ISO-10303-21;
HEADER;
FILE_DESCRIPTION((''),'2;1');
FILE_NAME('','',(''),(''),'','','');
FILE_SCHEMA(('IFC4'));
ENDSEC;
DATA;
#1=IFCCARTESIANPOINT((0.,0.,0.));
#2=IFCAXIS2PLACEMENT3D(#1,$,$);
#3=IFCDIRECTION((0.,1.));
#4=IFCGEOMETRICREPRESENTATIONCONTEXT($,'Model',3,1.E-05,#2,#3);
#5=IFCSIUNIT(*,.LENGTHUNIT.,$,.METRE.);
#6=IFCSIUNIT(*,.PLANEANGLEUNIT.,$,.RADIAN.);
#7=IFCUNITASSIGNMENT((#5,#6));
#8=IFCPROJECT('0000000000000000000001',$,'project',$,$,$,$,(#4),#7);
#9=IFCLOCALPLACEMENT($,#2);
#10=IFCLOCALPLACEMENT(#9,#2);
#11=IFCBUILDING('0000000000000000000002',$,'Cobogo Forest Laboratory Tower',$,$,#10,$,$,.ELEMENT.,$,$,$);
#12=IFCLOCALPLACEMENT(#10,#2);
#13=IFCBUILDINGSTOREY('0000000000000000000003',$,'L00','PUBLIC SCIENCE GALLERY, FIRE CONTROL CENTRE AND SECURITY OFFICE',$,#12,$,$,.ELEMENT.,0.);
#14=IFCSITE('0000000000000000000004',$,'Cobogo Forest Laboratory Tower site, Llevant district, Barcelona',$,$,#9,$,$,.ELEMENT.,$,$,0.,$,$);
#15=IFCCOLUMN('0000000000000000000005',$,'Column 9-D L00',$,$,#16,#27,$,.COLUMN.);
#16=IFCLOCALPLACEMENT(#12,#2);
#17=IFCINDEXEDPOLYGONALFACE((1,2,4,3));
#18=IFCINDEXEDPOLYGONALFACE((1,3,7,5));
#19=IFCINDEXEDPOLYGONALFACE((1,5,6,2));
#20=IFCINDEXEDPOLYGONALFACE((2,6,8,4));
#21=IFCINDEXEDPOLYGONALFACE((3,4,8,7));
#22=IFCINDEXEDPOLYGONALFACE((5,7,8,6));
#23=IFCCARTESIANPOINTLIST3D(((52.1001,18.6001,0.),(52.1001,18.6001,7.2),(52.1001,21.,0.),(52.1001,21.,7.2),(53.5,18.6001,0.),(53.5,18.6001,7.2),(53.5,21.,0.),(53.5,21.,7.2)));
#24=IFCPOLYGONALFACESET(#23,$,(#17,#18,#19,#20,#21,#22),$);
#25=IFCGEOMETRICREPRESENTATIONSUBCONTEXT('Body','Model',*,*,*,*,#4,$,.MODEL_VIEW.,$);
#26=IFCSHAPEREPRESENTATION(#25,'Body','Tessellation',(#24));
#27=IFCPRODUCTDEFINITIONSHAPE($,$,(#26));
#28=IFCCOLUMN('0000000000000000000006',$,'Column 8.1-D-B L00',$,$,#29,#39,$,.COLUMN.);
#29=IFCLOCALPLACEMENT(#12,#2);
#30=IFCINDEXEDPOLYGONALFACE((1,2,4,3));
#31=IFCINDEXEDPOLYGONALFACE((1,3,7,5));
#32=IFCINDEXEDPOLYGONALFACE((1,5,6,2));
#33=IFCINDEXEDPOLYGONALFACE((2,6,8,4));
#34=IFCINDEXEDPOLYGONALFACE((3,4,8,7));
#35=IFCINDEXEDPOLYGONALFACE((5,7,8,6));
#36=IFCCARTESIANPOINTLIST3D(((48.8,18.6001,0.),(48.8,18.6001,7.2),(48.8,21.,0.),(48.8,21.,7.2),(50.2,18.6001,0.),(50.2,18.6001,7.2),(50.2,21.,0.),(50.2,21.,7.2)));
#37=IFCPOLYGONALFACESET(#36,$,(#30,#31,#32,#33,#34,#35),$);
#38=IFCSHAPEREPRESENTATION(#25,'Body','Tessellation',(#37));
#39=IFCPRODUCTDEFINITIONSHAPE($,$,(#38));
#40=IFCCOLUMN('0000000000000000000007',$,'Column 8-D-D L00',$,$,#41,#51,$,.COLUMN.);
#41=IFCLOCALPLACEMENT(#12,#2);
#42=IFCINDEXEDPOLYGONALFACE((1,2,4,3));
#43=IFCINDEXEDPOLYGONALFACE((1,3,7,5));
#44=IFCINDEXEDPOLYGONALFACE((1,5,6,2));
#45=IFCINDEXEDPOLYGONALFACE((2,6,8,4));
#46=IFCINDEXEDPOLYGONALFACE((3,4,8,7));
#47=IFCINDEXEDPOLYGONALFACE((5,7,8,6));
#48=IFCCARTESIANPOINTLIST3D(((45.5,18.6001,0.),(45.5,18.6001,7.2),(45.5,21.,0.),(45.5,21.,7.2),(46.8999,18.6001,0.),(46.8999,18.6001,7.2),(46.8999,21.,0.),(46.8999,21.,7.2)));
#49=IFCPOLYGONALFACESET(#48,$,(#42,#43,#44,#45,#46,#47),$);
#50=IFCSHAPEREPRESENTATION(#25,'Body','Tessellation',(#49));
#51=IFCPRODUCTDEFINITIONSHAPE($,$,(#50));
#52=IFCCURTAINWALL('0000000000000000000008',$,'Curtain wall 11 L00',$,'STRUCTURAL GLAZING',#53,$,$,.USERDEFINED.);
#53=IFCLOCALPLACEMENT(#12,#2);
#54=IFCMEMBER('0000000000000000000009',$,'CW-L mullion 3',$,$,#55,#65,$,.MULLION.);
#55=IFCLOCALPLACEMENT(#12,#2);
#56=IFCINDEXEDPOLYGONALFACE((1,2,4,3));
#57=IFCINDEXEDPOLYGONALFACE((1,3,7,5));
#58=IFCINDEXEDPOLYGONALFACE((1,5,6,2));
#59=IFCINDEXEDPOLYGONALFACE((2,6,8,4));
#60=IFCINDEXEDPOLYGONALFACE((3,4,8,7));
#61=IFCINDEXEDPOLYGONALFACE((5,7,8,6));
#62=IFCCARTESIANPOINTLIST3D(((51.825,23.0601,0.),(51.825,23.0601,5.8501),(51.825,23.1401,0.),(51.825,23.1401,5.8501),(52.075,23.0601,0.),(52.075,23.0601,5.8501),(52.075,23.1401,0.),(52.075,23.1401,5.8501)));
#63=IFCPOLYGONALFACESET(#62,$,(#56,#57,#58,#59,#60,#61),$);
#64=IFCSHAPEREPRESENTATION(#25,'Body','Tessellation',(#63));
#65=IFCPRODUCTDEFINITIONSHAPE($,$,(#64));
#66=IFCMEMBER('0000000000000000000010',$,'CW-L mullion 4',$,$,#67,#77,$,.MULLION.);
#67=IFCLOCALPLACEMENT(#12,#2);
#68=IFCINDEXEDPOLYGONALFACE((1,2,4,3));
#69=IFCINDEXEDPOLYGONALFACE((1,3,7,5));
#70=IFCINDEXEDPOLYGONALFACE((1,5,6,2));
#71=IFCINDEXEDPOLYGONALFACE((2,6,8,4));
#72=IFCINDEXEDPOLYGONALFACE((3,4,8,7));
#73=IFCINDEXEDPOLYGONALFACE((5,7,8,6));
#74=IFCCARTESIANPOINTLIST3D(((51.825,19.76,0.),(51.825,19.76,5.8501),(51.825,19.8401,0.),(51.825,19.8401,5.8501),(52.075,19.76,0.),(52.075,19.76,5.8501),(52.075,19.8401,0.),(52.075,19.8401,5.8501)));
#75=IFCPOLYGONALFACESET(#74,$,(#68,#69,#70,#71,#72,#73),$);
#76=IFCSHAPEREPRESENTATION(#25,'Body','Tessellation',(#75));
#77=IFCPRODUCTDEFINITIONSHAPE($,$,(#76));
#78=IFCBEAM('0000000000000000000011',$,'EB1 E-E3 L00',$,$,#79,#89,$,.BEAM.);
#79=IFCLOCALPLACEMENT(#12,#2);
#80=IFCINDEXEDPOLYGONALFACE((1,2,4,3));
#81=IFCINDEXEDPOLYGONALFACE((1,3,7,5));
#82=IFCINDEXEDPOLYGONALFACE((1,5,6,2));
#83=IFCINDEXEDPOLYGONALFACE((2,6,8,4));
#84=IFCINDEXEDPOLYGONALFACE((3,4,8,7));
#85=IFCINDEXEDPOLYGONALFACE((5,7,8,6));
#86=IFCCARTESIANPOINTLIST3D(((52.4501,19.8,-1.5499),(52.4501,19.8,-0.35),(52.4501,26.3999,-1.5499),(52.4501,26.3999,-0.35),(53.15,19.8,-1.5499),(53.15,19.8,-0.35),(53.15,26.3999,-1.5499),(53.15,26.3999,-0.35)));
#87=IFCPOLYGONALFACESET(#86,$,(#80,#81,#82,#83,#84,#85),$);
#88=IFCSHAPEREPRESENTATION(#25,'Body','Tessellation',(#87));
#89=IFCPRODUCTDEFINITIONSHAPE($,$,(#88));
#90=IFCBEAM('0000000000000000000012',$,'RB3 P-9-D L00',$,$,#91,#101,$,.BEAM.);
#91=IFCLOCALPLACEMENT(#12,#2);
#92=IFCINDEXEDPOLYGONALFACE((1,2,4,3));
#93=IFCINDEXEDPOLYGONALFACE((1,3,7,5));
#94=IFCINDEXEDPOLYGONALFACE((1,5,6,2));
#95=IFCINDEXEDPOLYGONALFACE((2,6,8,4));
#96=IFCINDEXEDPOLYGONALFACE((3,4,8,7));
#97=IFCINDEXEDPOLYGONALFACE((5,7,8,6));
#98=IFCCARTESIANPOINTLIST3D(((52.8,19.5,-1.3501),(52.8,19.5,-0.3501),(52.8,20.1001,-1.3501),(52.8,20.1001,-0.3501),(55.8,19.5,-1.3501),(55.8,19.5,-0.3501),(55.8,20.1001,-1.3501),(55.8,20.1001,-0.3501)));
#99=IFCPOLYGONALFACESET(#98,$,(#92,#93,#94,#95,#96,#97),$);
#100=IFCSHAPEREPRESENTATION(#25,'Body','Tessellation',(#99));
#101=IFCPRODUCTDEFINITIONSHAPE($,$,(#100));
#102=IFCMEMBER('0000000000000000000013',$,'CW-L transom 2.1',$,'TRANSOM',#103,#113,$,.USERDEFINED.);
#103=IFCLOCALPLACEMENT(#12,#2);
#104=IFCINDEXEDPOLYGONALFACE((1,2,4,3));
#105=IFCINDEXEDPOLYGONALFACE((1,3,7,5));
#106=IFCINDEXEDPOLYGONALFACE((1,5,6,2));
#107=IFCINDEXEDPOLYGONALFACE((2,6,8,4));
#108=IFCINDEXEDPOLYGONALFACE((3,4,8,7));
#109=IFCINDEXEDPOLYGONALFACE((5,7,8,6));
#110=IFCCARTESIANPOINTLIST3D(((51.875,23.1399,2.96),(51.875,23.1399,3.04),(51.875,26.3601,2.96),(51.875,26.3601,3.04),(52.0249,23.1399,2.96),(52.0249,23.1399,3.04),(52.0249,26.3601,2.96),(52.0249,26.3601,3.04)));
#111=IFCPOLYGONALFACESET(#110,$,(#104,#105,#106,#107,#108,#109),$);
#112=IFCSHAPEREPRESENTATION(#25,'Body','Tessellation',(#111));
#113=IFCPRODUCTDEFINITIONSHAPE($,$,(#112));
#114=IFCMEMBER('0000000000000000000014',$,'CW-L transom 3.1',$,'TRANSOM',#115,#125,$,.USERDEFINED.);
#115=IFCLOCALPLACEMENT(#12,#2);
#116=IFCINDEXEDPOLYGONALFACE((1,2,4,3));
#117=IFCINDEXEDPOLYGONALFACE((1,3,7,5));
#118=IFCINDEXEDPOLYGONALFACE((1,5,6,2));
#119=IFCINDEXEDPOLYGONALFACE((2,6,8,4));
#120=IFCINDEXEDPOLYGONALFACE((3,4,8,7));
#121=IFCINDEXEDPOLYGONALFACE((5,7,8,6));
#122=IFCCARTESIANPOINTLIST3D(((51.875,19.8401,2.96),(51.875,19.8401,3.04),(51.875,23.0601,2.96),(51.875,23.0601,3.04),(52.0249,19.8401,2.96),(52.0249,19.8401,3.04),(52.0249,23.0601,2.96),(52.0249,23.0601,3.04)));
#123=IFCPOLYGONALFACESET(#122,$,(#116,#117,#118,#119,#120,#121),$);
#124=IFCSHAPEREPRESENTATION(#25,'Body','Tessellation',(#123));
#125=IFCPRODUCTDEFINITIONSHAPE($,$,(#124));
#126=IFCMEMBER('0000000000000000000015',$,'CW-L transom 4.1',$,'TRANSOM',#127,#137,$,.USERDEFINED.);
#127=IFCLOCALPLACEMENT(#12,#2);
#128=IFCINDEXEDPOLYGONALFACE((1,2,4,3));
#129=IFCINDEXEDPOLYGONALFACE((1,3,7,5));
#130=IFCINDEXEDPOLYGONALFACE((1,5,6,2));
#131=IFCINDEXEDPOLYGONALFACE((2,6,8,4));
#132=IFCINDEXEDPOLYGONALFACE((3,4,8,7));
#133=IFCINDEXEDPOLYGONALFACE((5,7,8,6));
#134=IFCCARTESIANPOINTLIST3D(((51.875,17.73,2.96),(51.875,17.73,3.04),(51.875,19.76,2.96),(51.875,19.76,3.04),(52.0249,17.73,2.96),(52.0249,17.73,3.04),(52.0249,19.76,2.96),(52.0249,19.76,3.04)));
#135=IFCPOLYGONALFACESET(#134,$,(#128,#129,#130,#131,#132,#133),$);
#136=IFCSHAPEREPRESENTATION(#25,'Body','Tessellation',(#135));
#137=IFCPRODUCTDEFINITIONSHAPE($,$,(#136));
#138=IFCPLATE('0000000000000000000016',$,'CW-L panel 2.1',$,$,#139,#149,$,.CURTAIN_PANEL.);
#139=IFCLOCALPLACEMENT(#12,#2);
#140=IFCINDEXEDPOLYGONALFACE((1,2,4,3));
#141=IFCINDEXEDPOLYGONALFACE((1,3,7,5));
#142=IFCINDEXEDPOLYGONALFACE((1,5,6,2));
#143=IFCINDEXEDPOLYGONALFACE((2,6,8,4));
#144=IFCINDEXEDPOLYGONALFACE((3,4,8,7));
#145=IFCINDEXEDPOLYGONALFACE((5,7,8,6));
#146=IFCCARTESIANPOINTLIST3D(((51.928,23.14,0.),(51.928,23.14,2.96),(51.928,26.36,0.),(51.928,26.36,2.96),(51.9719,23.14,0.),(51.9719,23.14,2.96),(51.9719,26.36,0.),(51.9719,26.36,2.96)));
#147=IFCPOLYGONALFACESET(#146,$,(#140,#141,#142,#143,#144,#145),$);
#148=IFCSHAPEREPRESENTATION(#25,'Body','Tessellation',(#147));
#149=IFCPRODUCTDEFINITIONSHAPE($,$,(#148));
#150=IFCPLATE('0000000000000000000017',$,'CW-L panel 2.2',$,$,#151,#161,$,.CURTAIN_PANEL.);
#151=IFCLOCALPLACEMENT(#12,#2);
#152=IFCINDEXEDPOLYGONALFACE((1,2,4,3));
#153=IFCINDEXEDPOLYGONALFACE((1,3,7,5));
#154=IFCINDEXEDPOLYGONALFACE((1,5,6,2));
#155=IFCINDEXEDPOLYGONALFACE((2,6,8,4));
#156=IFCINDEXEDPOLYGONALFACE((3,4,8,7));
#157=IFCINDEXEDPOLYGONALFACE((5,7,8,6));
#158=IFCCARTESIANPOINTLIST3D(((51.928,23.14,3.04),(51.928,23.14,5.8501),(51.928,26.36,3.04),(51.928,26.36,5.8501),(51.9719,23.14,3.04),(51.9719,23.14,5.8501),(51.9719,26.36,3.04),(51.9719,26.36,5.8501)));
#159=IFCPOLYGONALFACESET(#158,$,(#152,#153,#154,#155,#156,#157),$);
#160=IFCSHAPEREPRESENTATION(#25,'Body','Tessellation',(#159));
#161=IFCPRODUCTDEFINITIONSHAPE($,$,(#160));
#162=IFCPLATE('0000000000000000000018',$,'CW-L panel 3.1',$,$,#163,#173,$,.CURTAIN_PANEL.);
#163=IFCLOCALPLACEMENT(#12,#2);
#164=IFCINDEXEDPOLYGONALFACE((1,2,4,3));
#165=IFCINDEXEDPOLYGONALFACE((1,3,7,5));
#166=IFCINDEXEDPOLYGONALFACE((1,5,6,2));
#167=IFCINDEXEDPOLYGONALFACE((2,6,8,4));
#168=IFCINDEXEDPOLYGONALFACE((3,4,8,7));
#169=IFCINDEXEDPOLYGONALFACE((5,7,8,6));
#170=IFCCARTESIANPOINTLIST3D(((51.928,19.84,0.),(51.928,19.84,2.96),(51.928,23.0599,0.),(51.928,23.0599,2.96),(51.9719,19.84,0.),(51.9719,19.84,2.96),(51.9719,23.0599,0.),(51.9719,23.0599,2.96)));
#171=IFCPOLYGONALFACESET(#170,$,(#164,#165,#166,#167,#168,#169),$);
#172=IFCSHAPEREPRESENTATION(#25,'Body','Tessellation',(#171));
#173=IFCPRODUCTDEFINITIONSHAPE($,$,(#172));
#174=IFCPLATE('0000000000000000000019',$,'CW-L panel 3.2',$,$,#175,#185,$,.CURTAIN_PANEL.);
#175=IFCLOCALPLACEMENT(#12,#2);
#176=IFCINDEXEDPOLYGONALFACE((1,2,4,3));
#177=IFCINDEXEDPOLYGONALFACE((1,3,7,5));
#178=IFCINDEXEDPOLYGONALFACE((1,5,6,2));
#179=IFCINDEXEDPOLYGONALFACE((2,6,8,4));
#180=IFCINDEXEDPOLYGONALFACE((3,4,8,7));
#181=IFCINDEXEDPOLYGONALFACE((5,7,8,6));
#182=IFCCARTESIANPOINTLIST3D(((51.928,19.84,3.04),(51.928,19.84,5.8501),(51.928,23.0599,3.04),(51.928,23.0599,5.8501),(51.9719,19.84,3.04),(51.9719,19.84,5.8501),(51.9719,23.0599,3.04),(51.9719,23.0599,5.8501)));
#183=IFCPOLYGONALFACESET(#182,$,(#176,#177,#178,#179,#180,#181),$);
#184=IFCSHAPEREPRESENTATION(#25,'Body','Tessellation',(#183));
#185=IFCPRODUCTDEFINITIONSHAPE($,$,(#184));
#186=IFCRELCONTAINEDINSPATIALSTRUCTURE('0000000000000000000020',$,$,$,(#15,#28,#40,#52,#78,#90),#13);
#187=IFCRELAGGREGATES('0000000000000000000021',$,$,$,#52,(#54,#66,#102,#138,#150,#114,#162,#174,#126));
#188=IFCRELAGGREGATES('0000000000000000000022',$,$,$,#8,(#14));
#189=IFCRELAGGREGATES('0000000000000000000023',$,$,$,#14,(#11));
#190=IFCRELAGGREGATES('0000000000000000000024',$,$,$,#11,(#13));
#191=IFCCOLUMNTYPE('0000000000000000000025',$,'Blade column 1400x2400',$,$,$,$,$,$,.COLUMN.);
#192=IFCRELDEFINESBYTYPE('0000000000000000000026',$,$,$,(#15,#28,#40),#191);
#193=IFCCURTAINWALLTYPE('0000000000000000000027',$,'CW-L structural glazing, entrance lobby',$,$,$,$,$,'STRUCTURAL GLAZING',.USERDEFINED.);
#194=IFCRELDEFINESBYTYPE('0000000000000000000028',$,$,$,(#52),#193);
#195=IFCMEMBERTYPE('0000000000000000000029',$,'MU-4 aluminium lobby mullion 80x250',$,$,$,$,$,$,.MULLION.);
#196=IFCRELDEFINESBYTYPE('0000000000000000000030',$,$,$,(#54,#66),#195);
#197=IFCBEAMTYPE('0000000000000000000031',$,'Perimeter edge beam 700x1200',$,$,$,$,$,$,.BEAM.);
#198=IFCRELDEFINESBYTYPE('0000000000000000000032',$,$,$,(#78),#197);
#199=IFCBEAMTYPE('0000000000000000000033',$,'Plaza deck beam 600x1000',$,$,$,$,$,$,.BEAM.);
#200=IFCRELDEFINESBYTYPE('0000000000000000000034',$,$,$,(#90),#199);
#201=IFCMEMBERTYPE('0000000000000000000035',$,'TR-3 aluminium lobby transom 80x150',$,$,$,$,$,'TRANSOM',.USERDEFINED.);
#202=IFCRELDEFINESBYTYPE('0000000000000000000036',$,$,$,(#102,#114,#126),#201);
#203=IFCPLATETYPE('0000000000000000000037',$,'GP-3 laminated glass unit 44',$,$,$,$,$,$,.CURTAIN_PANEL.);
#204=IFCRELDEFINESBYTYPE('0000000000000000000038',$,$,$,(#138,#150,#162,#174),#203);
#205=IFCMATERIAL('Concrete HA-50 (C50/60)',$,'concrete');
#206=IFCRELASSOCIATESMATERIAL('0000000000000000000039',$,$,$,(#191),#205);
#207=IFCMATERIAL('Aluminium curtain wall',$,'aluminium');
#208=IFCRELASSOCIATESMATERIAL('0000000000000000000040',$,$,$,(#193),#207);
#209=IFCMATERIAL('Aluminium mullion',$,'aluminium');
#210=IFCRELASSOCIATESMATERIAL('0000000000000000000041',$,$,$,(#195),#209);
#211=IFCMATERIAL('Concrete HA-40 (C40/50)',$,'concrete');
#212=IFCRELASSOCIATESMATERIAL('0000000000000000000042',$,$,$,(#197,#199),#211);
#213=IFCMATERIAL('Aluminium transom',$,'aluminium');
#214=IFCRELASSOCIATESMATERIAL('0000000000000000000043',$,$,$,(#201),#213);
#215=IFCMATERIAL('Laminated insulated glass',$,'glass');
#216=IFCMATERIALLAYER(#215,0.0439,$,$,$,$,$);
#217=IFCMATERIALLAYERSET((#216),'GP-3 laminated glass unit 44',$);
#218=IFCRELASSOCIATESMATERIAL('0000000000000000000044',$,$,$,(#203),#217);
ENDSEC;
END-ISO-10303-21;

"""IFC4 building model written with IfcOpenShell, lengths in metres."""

from ifc_helpers import new_model, si_unit, direction, frame, origin, origin_2d, place, context, subcontext, project, spatial, rectangle, extrude, material, layer, layer_set, material_profile, profile_set, type_object, element, aggregate, save


model = new_model("IFC4")

# Units and contexts
model_context = context("Model", 3, precision=1e-05, world=origin(), true_north=direction((0.0, 1.0)))
body_context = subcontext(model_context, "Body", "Model", "MODEL_VIEW")
ifc_project = project(units=[si_unit("LENGTHUNIT", "METRE"), si_unit("PLANEANGLEUNIT", "RADIAN")], contexts=[model_context])

# Site, building, storey
site_placement = place(None, origin())
site = spatial("IfcSite", under=ifc_project, at=site_placement, Name="Cobogo Forest Laboratory Tower site, Llevant district, Barcelona", CompositionType="ELEMENT", RefElevation=0.0)
building_placement = place(site_placement, origin())
building = spatial("IfcBuilding", under=site, at=building_placement, Name="Cobogo Forest Laboratory Tower", CompositionType="ELEMENT")
storey_placement = place(building_placement, origin())
storey = spatial("IfcBuildingStorey", under=building, at=storey_placement, Name="L00", Description="PUBLIC SCIENCE GALLERY, FIRE CONTROL CENTRE AND SECURITY OFFICE", CompositionType="ELEMENT", Elevation=0.0)

# Columns
ifc_material_1 = material(Name="Concrete HA-50 (C50/60)", Category="concrete")
ifc_material_profile_1 = material_profile(ifc_material_1, rectangle(XDim=2.3999, YDim=1.3999, at=origin_2d()), Name="RC 1400x2400")
ifc_profile_set_1 = profile_set([ifc_material_profile_1], Name="Concrete HA-50 (C50/60)")
column_type = type_object("IfcColumnType", Name="Blade column 1400x2400", PredefinedType="COLUMN", material=ifc_profile_set_1)
for number, where, z_axis, x_axis, name in (
    (1, (52.8, 19.8, 0.0), (0.0, 0.0, 1.0), (0.0, 1.0, 0.0), "Column 9-D L00"),
    (2, (49.5, 19.8, 0.0), (0.0, 0.0, 1.0), (0.0, 1.0, 0.0), "Column 8.1-D-B L00"),
    (3, (46.2, 19.8, 0.0), (0.0, 0.0, 1.0), (0.0, 1.0, 0.0), "Column 8-D-D L00"),
):
    element("IfcColumn", number, at=place(storey_placement, frame(where, z_axis=z_axis, x_axis=x_axis)), inside=storey, type_object=column_type, Name=name, PredefinedType="COLUMN", context=body_context, shape_type="SweptSolid", body=[
        extrude(rectangle(XDim=2.3999, YDim=1.3999, at=origin_2d()), origin(), (0.0, 0.0, 1.0), 7.2),
    ])

# Curtain wall, members
ifc_material_2 = material(Name="Aluminium curtain wall", Category="aluminium")
curtain_wall_type = type_object("IfcCurtainWallType", Name="CW-L structural glazing, entrance lobby", ElementType="STRUCTURAL GLAZING", PredefinedType="USERDEFINED", material=ifc_material_2)
curtain_wall_placement = place(storey_placement, origin())
curtain_wall = element("IfcCurtainWall", 4, at=curtain_wall_placement, inside=storey, type_object=curtain_wall_type, Name="Curtain wall 11 L00", ObjectType="STRUCTURAL GLAZING", PredefinedType="USERDEFINED")
ifc_material_3 = material(Name="Aluminium mullion", Category="aluminium")
ifc_material_profile_2 = material_profile(ifc_material_3, rectangle(XDim=0.0801, YDim=0.25, at=origin_2d()), Name="AL 80x250")
ifc_profile_set_2 = profile_set([ifc_material_profile_2], Name="Aluminium mullion")
member_type_1 = type_object("IfcMemberType", Name="MU-4 aluminium lobby mullion 80x250", PredefinedType="MULLION", material=ifc_profile_set_2)
member_1_placement = place(storey_placement, frame((51.95, 23.1001, 0.0), z_axis=(0.0, 0.0, 1.0), x_axis=(0.0, -1.0, 0.0)))
member_1 = element("IfcMember", 5, at=member_1_placement, type_object=member_type_1, Name="CW-L mullion 3", PredefinedType="MULLION", context=body_context, shape_type="SweptSolid", body=[
    extrude(rectangle(XDim=0.0801, YDim=0.25, at=origin_2d()), origin(), (0.0, 0.0, 1.0), 5.8501),
])
member_2_placement = place(storey_placement, frame((51.95, 19.8, 0.0), z_axis=(0.0, 0.0, 1.0), x_axis=(0.0, -1.0, 0.0)))
member_2 = element("IfcMember", 6, at=member_2_placement, type_object=member_type_1, Name="CW-L mullion 4", PredefinedType="MULLION", context=body_context, shape_type="SweptSolid", body=[
    extrude(rectangle(XDim=0.0801, YDim=0.25, at=origin_2d()), origin(), (0.0, 0.0, 1.0), 5.8501),
])

# Beams
ifc_material_4 = material(Name="Concrete HA-40 (C40/50)", Category="concrete")
ifc_material_profile_3 = material_profile(ifc_material_4, rectangle(XDim=0.7, YDim=1.2, at=origin_2d()), Name="RC 700x1200")
ifc_profile_set_3 = profile_set([ifc_material_profile_3], Name="Concrete HA-40 (C40/50)")
beam_type_1 = type_object("IfcBeamType", Name="Perimeter edge beam 700x1200", PredefinedType="BEAM", material=ifc_profile_set_3)
beam_1_placement = place(storey_placement, frame((52.8, 19.8, -0.95), z_axis=(0.0, 1.0, 0.0), x_axis=(-1.0, 0.0, 0.0)))
element("IfcBeam", 7, at=beam_1_placement, inside=storey, type_object=beam_type_1, Name="EB1 E-E3 L00", PredefinedType="BEAM", context=body_context, shape_type="SweptSolid", body=[
    extrude(rectangle(XDim=0.7, YDim=1.2, at=origin_2d()), origin(), (0.0, 0.0, 1.0), 6.5999),
])
ifc_material_profile_4 = material_profile(ifc_material_4, rectangle(XDim=0.6001, YDim=1.0, at=origin_2d()), Name="RC 600x1000")
ifc_profile_set_4 = profile_set([ifc_material_profile_4], Name="Concrete HA-40 (C40/50)")
beam_type_2 = type_object("IfcBeamType", Name="Plaza deck beam 600x1000", PredefinedType="BEAM", material=ifc_profile_set_4)
beam_2_placement = place(storey_placement, frame((52.8, 19.8, -0.8501), z_axis=(1.0, 0.0, 0.0), x_axis=(0.0, 1.0, 0.0)))
element("IfcBeam", 8, at=beam_2_placement, inside=storey, type_object=beam_type_2, Name="RB3 P-9-D L00", PredefinedType="BEAM", context=body_context, shape_type="SweptSolid", body=[
    extrude(rectangle(XDim=0.6001, YDim=1.0, at=origin_2d()), origin(), (0.0, 0.0, 1.0), 3.0),
])

# Members
ifc_material_5 = material(Name="Aluminium transom", Category="aluminium")
ifc_material_profile_5 = material_profile(ifc_material_5, rectangle(XDim=0.1499, YDim=0.0801, at=origin_2d()), Name="AL 80x150")
ifc_profile_set_5 = profile_set([ifc_material_profile_5], Name="Aluminium transom")
member_type_2 = type_object("IfcMemberType", Name="TR-3 aluminium lobby transom 80x150", ElementType="TRANSOM", PredefinedType="USERDEFINED", material=ifc_profile_set_5)
member_3_placement = place(storey_placement, frame((51.95, 26.3601, 3.0), z_axis=(0.0, -1.0, 0.0), x_axis=(1.0, 0.0, 0.0)))
member_3 = element("IfcMember", 9, at=member_3_placement, type_object=member_type_2, Name="CW-L transom 2.1", ObjectType="TRANSOM", PredefinedType="USERDEFINED", context=body_context, shape_type="SweptSolid", body=[
    extrude(rectangle(XDim=0.1499, YDim=0.0801, at=origin_2d()), origin(), (0.0, 0.0, 1.0), 3.2202),
])
member_4_placement = place(storey_placement, frame((51.95, 23.0601, 3.0), z_axis=(0.0, -1.0, 0.0), x_axis=(1.0, 0.0, 0.0)))
member_4 = element("IfcMember", 10, at=member_4_placement, type_object=member_type_2, Name="CW-L transom 3.1", ObjectType="TRANSOM", PredefinedType="USERDEFINED", context=body_context, shape_type="SweptSolid", body=[
    extrude(rectangle(XDim=0.1499, YDim=0.0801, at=origin_2d()), origin(), (0.0, 0.0, 1.0), 3.22),
])
member_5_placement = place(storey_placement, frame((51.95, 19.76, 3.0), z_axis=(0.0, -1.0, 0.0), x_axis=(1.0, 0.0, 0.0)))
member_5 = element("IfcMember", 11, at=member_5_placement, type_object=member_type_2, Name="CW-L transom 4.1", ObjectType="TRANSOM", PredefinedType="USERDEFINED", context=body_context, shape_type="SweptSolid", body=[
    extrude(rectangle(XDim=0.1499, YDim=0.0801, at=origin_2d()), origin(), (0.0, 0.0, 1.0), 2.03),
])

# Plates
ifc_material_6 = material(Name="Laminated insulated glass", Category="glass")
ifc_layer_1 = layer(ifc_material_6, 0.0439)
ifc_layer_set_1 = layer_set([ifc_layer_1], Name="GP-3 laminated glass unit 44")
plate_type = type_object("IfcPlateType", Name="GP-3 laminated glass unit 44", PredefinedType="CURTAIN_PANEL", material=ifc_layer_set_1)
plate_1_placement = place(storey_placement, frame((51.95, 24.75, 0.0), z_axis=(0.0, 0.0, 1.0), x_axis=(0.0, -1.0, 0.0)))
plate_1 = element("IfcPlate", 12, at=plate_1_placement, type_object=plate_type, Name="CW-L panel 2.1", PredefinedType="CURTAIN_PANEL", context=body_context, shape_type="SweptSolid", body=[
    extrude(rectangle(XDim=3.22, YDim=0.0439, at=origin_2d()), origin(), (0.0, 0.0, 1.0), 2.96),
])
plate_2_placement = place(storey_placement, frame((51.95, 24.75, 3.04), z_axis=(0.0, 0.0, 1.0), x_axis=(0.0, -1.0, 0.0)))
plate_2 = element("IfcPlate", 13, at=plate_2_placement, type_object=plate_type, Name="CW-L panel 2.2", PredefinedType="CURTAIN_PANEL", context=body_context, shape_type="SweptSolid", body=[
    extrude(rectangle(XDim=3.22, YDim=0.0439, at=origin_2d()), origin(), (0.0, 0.0, 1.0), 2.8101),
])
plate_3_placement = place(storey_placement, frame((51.95, 21.45, 0.0), z_axis=(0.0, 0.0, 1.0), x_axis=(0.0, -1.0, 0.0)))
plate_3 = element("IfcPlate", 14, at=plate_3_placement, type_object=plate_type, Name="CW-L panel 3.1", PredefinedType="CURTAIN_PANEL", context=body_context, shape_type="SweptSolid", body=[
    extrude(rectangle(XDim=3.22, YDim=0.0439, at=origin_2d()), origin(), (0.0, 0.0, 1.0), 2.96),
])
plate_4_placement = place(storey_placement, frame((51.95, 21.45, 3.04), z_axis=(0.0, 0.0, 1.0), x_axis=(0.0, -1.0, 0.0)))
plate_4 = element("IfcPlate", 15, at=plate_4_placement, type_object=plate_type, Name="CW-L panel 3.2", PredefinedType="CURTAIN_PANEL", context=body_context, shape_type="SweptSolid", body=[
    extrude(rectangle(XDim=3.22, YDim=0.0439, at=origin_2d()), origin(), (0.0, 0.0, 1.0), 2.8101),
])
aggregate(curtain_wall, [member_1, member_2, member_3, plate_1, plate_2, member_4, plate_3, plate_4, member_5])

save(model, "model.ifc")
